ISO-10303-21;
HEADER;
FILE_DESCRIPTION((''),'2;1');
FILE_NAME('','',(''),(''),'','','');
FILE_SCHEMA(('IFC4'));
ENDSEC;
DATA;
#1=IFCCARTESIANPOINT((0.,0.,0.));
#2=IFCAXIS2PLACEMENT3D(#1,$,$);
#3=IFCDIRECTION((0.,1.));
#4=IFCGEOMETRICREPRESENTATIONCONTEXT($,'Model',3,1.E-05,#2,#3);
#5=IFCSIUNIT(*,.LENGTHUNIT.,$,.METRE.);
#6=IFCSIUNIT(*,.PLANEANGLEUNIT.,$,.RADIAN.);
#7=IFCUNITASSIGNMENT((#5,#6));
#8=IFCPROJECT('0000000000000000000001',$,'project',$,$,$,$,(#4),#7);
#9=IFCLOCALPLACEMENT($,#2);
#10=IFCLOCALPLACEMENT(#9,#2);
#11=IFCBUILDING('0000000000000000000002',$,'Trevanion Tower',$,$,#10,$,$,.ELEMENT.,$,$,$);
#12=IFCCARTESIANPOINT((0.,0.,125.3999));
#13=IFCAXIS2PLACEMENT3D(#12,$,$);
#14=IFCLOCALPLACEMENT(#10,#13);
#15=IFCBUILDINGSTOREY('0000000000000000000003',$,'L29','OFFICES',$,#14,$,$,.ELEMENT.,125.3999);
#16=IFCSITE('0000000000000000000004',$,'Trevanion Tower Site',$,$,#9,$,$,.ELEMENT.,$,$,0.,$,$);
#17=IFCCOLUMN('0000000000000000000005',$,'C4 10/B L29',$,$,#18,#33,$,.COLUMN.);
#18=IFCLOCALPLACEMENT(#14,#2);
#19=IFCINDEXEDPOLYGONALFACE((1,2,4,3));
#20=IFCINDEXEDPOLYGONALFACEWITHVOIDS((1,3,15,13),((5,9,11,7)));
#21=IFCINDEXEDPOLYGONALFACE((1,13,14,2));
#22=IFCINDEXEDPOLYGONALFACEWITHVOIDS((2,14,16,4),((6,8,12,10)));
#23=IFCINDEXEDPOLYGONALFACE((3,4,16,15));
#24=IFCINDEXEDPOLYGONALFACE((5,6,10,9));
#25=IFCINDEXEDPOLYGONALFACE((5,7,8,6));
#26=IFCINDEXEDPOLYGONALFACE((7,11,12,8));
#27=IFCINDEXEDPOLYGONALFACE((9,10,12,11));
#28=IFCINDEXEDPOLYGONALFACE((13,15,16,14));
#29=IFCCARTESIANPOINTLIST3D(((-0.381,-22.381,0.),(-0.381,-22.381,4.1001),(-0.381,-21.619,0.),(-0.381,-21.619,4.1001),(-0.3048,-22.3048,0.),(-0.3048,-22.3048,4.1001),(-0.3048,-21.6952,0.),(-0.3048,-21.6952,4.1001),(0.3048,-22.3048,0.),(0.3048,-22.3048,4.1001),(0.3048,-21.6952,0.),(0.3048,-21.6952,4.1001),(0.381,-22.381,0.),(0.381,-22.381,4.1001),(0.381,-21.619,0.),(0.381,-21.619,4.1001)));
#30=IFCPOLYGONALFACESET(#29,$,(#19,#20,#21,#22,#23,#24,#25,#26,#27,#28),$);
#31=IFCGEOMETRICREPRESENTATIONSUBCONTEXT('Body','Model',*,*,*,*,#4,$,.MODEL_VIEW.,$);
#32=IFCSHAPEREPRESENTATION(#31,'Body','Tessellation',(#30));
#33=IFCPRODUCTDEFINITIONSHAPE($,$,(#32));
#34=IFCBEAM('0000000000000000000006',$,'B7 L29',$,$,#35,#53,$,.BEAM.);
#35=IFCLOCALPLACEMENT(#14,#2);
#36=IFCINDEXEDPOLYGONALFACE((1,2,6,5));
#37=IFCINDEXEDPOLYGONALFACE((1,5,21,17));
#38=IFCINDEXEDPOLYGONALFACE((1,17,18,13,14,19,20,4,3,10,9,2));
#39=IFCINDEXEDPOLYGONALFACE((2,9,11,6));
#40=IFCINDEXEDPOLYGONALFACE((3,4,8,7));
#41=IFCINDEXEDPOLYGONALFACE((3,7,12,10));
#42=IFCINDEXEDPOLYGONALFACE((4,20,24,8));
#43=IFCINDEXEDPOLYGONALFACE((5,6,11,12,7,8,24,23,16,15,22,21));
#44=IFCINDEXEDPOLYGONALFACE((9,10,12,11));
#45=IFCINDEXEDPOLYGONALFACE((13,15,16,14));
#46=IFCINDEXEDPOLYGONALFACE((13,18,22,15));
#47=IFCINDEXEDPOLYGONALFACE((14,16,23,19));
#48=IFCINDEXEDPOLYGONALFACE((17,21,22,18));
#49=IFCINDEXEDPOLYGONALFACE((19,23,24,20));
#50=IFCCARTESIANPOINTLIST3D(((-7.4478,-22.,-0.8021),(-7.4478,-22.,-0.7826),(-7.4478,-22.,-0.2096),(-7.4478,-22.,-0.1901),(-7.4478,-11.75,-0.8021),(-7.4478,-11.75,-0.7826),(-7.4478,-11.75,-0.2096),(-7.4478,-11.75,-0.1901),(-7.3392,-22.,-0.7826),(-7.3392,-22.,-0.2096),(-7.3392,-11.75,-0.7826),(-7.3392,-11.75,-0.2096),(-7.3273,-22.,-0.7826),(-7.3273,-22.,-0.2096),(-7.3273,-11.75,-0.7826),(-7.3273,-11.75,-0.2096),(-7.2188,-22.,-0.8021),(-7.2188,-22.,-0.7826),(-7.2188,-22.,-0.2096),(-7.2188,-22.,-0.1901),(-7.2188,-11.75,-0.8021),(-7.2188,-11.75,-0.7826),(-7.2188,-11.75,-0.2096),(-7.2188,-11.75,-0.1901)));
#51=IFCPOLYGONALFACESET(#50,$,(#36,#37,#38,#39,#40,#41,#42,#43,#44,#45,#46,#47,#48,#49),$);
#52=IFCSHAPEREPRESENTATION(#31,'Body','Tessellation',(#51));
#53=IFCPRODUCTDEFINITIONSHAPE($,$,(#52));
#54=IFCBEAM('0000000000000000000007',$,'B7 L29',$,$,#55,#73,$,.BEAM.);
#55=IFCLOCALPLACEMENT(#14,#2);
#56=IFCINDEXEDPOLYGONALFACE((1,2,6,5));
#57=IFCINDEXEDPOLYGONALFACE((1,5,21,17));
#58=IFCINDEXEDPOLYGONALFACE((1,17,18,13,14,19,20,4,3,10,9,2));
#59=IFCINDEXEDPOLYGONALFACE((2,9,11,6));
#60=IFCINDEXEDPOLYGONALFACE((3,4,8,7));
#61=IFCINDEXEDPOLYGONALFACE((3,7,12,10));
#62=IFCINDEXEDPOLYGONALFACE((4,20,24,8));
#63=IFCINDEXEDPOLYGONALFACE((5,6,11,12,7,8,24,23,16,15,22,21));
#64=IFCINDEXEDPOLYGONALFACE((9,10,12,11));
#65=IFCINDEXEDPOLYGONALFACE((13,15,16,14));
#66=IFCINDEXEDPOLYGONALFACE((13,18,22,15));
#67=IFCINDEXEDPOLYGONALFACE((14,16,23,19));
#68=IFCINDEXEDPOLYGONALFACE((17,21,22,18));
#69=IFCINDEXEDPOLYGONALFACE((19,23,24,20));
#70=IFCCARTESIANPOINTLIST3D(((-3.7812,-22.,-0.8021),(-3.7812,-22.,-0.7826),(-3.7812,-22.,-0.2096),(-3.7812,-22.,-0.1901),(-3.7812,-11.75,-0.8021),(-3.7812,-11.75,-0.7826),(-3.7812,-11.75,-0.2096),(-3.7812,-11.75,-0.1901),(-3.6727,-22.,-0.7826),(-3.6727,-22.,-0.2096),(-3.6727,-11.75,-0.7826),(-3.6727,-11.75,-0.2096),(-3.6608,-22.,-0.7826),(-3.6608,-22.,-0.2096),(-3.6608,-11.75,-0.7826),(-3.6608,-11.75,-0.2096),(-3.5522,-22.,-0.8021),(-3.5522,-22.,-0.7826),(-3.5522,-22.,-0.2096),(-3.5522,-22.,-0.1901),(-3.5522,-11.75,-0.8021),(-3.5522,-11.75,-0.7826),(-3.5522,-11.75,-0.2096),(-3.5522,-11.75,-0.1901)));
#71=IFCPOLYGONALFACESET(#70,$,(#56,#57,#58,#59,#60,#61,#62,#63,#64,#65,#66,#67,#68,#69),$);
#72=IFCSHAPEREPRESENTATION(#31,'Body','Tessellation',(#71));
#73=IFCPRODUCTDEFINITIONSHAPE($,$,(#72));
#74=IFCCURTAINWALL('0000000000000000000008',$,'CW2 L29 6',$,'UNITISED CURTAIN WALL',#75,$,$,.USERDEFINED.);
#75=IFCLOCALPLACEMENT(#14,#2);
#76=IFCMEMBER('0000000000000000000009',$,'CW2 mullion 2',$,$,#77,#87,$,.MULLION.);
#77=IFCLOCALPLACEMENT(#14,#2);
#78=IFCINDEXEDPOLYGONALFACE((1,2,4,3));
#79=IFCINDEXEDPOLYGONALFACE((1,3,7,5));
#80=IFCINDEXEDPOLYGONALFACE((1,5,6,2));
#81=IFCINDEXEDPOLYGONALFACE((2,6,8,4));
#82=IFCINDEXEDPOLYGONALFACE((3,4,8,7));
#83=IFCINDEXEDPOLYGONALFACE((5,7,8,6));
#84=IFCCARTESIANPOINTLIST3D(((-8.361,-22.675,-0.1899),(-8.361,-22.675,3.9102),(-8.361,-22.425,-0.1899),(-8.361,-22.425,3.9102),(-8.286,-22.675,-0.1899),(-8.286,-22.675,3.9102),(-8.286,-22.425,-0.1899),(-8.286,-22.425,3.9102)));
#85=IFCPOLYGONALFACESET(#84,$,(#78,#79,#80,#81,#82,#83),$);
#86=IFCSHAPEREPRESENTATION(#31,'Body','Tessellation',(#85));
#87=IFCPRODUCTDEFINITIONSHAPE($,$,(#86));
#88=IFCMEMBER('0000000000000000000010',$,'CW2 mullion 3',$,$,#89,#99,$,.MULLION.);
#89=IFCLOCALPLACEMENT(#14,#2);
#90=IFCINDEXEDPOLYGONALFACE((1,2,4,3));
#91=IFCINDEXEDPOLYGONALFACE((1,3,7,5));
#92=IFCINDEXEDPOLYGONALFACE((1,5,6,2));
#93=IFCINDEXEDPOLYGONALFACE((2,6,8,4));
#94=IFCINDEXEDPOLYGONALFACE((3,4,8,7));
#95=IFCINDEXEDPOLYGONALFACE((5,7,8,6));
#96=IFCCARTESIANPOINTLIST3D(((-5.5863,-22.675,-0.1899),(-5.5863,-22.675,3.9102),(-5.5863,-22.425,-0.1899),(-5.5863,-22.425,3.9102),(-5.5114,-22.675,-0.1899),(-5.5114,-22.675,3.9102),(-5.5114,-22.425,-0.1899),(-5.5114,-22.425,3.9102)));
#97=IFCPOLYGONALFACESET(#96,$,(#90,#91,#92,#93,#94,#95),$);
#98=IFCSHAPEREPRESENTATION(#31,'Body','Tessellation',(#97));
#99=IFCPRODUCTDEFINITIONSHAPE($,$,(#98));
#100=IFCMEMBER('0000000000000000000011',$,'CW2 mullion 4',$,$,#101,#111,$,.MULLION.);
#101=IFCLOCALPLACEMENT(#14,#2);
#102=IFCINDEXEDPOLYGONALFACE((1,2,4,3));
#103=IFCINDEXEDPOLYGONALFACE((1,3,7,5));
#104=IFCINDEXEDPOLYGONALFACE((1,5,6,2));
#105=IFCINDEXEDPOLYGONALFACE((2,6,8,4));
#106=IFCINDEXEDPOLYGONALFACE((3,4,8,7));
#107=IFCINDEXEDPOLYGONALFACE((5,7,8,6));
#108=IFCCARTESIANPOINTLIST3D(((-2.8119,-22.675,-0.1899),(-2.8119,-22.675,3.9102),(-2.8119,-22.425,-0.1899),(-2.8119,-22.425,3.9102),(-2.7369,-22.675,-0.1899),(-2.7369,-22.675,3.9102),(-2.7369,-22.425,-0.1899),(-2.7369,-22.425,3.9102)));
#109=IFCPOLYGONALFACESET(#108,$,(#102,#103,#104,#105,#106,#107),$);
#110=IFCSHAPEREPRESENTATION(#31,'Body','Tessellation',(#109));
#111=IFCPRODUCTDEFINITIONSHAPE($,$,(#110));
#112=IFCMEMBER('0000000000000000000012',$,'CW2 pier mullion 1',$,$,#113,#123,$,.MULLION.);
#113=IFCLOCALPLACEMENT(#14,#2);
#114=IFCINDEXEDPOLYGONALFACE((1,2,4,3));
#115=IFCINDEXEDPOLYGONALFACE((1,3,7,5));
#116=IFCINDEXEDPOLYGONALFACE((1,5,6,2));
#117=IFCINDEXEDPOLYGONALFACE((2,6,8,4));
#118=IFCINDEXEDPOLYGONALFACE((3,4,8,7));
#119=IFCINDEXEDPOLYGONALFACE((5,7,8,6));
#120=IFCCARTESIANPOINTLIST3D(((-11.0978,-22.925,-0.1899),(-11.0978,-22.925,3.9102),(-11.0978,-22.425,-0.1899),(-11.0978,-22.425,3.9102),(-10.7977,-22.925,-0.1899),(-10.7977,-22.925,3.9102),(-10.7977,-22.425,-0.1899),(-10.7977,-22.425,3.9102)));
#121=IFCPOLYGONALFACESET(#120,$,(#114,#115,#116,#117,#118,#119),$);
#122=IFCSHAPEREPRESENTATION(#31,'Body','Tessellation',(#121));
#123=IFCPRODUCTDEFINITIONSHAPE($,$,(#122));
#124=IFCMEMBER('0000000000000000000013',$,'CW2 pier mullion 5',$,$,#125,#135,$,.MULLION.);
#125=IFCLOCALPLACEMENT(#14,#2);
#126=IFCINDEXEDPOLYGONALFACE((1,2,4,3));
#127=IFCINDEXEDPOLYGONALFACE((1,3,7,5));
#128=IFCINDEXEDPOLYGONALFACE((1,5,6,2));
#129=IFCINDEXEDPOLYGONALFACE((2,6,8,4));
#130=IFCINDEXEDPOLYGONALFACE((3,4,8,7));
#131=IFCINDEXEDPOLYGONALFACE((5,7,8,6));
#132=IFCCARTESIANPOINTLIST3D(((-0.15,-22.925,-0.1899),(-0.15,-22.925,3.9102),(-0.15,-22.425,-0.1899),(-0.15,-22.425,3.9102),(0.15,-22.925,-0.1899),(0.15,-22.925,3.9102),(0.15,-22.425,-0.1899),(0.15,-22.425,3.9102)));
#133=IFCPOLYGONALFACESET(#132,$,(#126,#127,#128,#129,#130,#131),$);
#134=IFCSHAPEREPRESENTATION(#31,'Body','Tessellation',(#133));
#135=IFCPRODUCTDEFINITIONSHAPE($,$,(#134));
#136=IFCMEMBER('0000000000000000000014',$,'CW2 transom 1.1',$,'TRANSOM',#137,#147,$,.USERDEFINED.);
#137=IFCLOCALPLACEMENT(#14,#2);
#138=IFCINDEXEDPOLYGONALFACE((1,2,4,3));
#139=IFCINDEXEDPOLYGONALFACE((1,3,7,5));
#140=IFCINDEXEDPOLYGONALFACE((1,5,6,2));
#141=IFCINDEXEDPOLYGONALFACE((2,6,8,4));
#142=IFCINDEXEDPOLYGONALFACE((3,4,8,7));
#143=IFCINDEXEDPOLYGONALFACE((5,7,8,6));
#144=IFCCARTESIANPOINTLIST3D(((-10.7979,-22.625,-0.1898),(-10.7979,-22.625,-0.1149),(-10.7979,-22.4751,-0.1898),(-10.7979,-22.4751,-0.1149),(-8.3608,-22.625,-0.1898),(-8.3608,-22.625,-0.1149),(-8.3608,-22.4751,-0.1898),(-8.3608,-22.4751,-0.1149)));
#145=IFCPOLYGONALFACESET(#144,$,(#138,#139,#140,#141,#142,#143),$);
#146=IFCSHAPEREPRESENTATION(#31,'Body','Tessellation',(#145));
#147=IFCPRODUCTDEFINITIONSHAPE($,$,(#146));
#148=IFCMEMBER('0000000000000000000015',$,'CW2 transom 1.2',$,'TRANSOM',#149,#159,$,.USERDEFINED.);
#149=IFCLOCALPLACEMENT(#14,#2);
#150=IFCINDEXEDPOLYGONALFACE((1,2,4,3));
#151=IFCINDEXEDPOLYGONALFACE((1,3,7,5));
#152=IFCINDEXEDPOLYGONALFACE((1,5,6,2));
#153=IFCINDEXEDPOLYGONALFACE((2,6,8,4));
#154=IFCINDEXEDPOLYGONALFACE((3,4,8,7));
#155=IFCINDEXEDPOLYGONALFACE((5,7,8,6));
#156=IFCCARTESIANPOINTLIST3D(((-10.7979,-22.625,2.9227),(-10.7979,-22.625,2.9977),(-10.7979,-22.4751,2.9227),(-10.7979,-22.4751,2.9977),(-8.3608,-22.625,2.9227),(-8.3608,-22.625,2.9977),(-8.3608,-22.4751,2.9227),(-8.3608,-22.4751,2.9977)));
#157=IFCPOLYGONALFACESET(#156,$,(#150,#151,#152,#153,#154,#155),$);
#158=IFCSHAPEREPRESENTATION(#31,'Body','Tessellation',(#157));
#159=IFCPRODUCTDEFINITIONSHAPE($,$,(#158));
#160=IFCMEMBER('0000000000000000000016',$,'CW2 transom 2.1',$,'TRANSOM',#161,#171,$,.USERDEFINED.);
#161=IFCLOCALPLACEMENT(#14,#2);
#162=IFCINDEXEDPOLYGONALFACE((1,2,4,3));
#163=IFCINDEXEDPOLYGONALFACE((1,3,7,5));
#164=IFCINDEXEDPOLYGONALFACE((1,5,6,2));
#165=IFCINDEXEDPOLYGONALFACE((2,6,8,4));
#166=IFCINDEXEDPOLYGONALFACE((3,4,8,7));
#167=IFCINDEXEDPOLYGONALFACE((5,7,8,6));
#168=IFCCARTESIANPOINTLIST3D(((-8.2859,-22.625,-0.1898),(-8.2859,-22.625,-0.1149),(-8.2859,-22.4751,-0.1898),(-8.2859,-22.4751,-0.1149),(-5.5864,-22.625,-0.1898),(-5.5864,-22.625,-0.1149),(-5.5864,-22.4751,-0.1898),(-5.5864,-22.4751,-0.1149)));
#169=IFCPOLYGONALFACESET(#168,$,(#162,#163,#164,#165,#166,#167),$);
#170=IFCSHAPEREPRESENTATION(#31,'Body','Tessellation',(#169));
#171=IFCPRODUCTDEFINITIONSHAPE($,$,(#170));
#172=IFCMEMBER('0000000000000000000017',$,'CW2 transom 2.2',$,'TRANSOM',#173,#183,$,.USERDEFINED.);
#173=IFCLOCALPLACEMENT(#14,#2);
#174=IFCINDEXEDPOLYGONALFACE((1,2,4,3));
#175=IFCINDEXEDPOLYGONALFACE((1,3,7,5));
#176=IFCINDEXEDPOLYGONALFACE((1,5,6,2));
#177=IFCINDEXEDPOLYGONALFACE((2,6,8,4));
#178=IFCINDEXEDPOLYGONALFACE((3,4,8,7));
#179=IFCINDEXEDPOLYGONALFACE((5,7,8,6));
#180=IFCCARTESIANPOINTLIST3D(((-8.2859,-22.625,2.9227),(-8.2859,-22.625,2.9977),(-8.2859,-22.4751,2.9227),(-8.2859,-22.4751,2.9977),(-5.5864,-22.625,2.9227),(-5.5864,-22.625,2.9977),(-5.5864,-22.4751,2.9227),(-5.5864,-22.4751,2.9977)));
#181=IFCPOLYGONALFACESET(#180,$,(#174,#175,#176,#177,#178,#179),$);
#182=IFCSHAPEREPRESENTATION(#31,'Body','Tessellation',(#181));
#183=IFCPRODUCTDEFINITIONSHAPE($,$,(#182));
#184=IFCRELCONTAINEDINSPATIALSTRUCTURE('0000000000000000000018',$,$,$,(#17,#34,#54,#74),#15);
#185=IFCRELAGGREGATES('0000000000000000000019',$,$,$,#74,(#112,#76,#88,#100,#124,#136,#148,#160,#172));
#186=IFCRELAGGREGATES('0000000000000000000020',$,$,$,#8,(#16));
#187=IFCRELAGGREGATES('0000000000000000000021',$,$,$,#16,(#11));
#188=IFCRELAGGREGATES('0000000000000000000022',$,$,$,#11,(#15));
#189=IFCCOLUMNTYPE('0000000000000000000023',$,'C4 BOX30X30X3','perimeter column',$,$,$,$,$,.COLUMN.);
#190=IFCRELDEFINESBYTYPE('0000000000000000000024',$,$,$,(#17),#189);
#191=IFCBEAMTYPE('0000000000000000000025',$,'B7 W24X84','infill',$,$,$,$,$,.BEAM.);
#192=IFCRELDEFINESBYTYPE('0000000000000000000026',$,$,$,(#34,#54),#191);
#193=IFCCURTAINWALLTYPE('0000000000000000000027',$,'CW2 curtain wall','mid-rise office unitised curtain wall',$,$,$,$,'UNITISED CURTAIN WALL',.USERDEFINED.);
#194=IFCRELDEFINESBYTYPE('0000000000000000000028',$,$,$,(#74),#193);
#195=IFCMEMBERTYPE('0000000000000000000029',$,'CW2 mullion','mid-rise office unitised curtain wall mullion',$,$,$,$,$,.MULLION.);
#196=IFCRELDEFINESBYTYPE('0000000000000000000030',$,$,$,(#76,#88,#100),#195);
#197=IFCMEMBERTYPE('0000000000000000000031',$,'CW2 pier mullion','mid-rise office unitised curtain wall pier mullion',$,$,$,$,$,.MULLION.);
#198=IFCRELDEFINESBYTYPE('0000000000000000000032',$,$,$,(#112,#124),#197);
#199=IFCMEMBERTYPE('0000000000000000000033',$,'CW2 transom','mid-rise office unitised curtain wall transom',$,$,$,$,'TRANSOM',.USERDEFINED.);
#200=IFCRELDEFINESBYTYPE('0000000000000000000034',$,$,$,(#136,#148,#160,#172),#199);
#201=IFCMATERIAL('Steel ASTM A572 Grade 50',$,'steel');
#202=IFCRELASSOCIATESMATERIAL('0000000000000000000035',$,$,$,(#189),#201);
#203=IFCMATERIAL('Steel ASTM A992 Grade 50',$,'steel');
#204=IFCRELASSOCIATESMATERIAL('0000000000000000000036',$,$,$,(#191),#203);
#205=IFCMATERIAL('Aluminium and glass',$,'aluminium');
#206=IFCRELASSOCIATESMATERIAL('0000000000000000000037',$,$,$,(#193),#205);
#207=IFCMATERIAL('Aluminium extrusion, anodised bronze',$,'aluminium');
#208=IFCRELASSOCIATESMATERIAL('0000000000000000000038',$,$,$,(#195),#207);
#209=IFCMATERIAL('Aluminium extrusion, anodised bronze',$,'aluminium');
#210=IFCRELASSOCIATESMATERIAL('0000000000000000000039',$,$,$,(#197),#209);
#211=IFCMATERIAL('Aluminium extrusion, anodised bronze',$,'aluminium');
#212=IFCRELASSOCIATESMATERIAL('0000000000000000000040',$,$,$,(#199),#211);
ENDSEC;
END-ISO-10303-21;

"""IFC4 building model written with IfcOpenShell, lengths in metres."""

from ifc_helpers import new_model, si_unit, direction, frame, origin, origin_2d, place, context, subcontext, project, spatial, rectangle, hollow_rectangle, i_section, extrude, material, material_profile, profile_set, type_object, element, aggregate, save


model = new_model("IFC4")

# Units and contexts
model_context = context("Model", 3, precision=1e-05, world=origin(), true_north=direction((0.0, 1.0)))
body_context = subcontext(model_context, "Body", "Model", "MODEL_VIEW")
ifc_project = project(units=[si_unit("LENGTHUNIT", "METRE"), si_unit("PLANEANGLEUNIT", "RADIAN")], contexts=[model_context])

# Site, building, storey
site_placement = place(None, origin())
site = spatial("IfcSite", under=ifc_project, at=site_placement, Name="Trevanion Tower Site", CompositionType="ELEMENT", RefElevation=0.0)
building_placement = place(site_placement, origin())
building = spatial("IfcBuilding", under=site, at=building_placement, Name="Trevanion Tower", CompositionType="ELEMENT")
storey_placement = place(building_placement, frame((0.0, 0.0, 125.3999)))
storey = spatial("IfcBuildingStorey", under=building, at=storey_placement, Name="L29", Description="OFFICES", CompositionType="ELEMENT", Elevation=125.3999)

# Column
ifc_material_1 = material(Name="Steel ASTM A572 Grade 50", Category="steel")
ifc_material_profile_1 = material_profile(ifc_material_1, hollow_rectangle(XDim=0.762, YDim=0.762, WallThickness=0.0762, at=origin_2d()), Name="BOX30X30X3")
ifc_profile_set_1 = profile_set([ifc_material_profile_1], Name="Steel ASTM A572 Grade 50")
column_type = type_object("IfcColumnType", Name="C4 BOX30X30X3", Description="perimeter column", PredefinedType="COLUMN", material=ifc_profile_set_1)
column_placement = place(storey_placement, frame((0.0, -22.0, 0.0), z_axis=(0.0, 0.0, 1.0), x_axis=(1.0, 0.0, 0.0)))
element("IfcColumn", 1, at=column_placement, inside=storey, type_object=column_type, Name="C4 10/B L29", PredefinedType="COLUMN", context=body_context, shape_type="SweptSolid", body=[
    extrude(hollow_rectangle(XDim=0.762, YDim=0.762, WallThickness=0.0762, at=origin_2d()), origin(), (0.0, 0.0, 1.0), 4.1001),
])

# Beams
ifc_material_2 = material(Name="Steel ASTM A992 Grade 50", Category="steel")
ifc_material_profile_2 = material_profile(ifc_material_2, i_section(OverallWidth=0.229, OverallDepth=0.6121, WebThickness=0.012, FlangeThickness=0.0195, at=origin_2d()), Name="W24X84")
ifc_profile_set_2 = profile_set([ifc_material_profile_2], Name="Steel ASTM A992 Grade 50")
beam_type_1 = type_object("IfcBeamType", Name="B7 W24X84", Description="infill", PredefinedType="BEAM", material=ifc_profile_set_2)
for number, where, z_axis, x_axis, name in (
    (2, (-7.3333, -11.75, -0.4961), (0.0, -1.0, 0.0), (1.0, 0.0, 0.0), "B7 L29"),
    (3, (-3.6667, -11.75, -0.4961), (0.0, -1.0, 0.0), (1.0, 0.0, 0.0), "B7 L29"),
):
    element("IfcBeam", number, at=place(storey_placement, frame(where, z_axis=z_axis, x_axis=x_axis)), inside=storey, type_object=beam_type_1, Name=name, PredefinedType="BEAM", context=body_context, shape_type="SweptSolid", body=[
        extrude(i_section(OverallWidth=0.229, OverallDepth=0.6121, WebThickness=0.012, FlangeThickness=0.0195, at=origin_2d()), origin(), (0.0, 0.0, 1.0), 10.25),
    ])

# Curtain wall, members
ifc_material_3 = material(Name="Aluminium and glass", Category="aluminium")
curtain_wall_type = type_object("IfcCurtainWallType", Name="CW2 curtain wall", Description="mid-rise office unitised curtain wall", ElementType="UNITISED CURTAIN WALL", PredefinedType="USERDEFINED", material=ifc_material_3)
curtain_wall_placement = place(storey_placement, origin())
curtain_wall = element("IfcCurtainWall", 4, at=curtain_wall_placement, inside=storey, type_object=curtain_wall_type, Name="CW2 L29 6", ObjectType="UNITISED CURTAIN WALL", PredefinedType="USERDEFINED")
ifc_material_4 = material(Name="Aluminium extrusion, anodised bronze", Category="aluminium")
ifc_material_profile_3 = material_profile(ifc_material_4, rectangle(XDim=0.075, YDim=0.25, at=origin_2d()), Name="CW2 mullion")
ifc_profile_set_3 = profile_set([ifc_material_profile_3], Name="Aluminium extrusion, anodised bronze")
member_type_1 = type_object("IfcMemberType", Name="CW2 mullion", Description="mid-rise office unitised curtain wall mullion", PredefinedType="MULLION", material=ifc_profile_set_3)
member_1_placement = place(storey_placement, frame((-8.3235, -22.55, -0.1899), z_axis=(0.0, 0.0, 1.0), x_axis=(1.0, 0.0, 0.0)))
member_1 = element("IfcMember", 5, at=member_1_placement, type_object=member_type_1, Name="CW2 mullion 2", PredefinedType="MULLION", context=body_context, shape_type="SweptSolid", body=[
    extrude(rectangle(XDim=0.075, YDim=0.25, at=origin_2d()), origin(), (0.0, 0.0, 1.0), 4.1001),
])
member_2_placement = place(storey_placement, frame((-5.5488, -22.55, -0.1899), z_axis=(0.0, 0.0, 1.0), x_axis=(1.0, 0.0, 0.0)))
member_2 = element("IfcMember", 6, at=member_2_placement, type_object=member_type_1, Name="CW2 mullion 3", PredefinedType="MULLION", context=body_context, shape_type="SweptSolid", body=[
    extrude(rectangle(XDim=0.075, YDim=0.25, at=origin_2d()), origin(), (0.0, 0.0, 1.0), 4.1001),
])
member_3_placement = place(storey_placement, frame((-2.7744, -22.55, -0.1899), z_axis=(0.0, 0.0, 1.0), x_axis=(1.0, 0.0, 0.0)))
member_3 = element("IfcMember", 7, at=member_3_placement, type_object=member_type_1, Name="CW2 mullion 4", PredefinedType="MULLION", context=body_context, shape_type="SweptSolid", body=[
    extrude(rectangle(XDim=0.075, YDim=0.25, at=origin_2d()), origin(), (0.0, 0.0, 1.0), 4.1001),
])
ifc_material_5 = material(Name="Aluminium extrusion, anodised bronze", Category="aluminium")
ifc_material_profile_4 = material_profile(ifc_material_5, rectangle(XDim=0.3, YDim=0.5, at=origin_2d()), Name="CW2 pier mullion")
ifc_profile_set_4 = profile_set([ifc_material_profile_4], Name="Aluminium extrusion, anodised bronze")
member_type_2 = type_object("IfcMemberType", Name="CW2 pier mullion", Description="mid-rise office unitised curtain wall pier mullion", PredefinedType="MULLION", material=ifc_profile_set_4)
member_4_placement = place(storey_placement, frame((-10.9478, -22.675, -0.1899), z_axis=(0.0, 0.0, 1.0), x_axis=(1.0, 0.0, 0.0)))
member_4 = element("IfcMember", 8, at=member_4_placement, type_object=member_type_2, Name="CW2 pier mullion 1", PredefinedType="MULLION", context=body_context, shape_type="SweptSolid", body=[
    extrude(rectangle(XDim=0.3, YDim=0.5, at=origin_2d()), origin(), (0.0, 0.0, 1.0), 4.1001),
])
member_5_placement = place(storey_placement, frame((0.0, -22.675, -0.1899), z_axis=(0.0, 0.0, 1.0), x_axis=(1.0, 0.0, 0.0)))
member_5 = element("IfcMember", 9, at=member_5_placement, type_object=member_type_2, Name="CW2 pier mullion 5", PredefinedType="MULLION", context=body_context, shape_type="SweptSolid", body=[
    extrude(rectangle(XDim=0.3, YDim=0.5, at=origin_2d()), origin(), (0.0, 0.0, 1.0), 4.1001),
])
ifc_material_6 = material(Name="Aluminium extrusion, anodised bronze", Category="aluminium")
ifc_material_profile_5 = material_profile(ifc_material_6, rectangle(XDim=0.1499, YDim=0.075, at=origin_2d()), Name="CW2 transom")
ifc_profile_set_5 = profile_set([ifc_material_profile_5], Name="Aluminium extrusion, anodised bronze")
member_type_3 = type_object("IfcMemberType", Name="CW2 transom", Description="mid-rise office unitised curtain wall transom", ElementType="TRANSOM", PredefinedType="USERDEFINED", material=ifc_profile_set_5)
member_6_placement = place(storey_placement, frame((-10.7979, -22.55, -0.1523), z_axis=(1.0, 0.0, 0.0), x_axis=(0.0, 1.0, 0.0)))
member_6 = element("IfcMember", 10, at=member_6_placement, type_object=member_type_3, Name="CW2 transom 1.1", ObjectType="TRANSOM", PredefinedType="USERDEFINED", context=body_context, shape_type="SweptSolid", body=[
    extrude(rectangle(XDim=0.1499, YDim=0.075, at=origin_2d()), origin(), (0.0, 0.0, 1.0), 2.437),
])
member_7_placement = place(storey_placement, frame((-10.7979, -22.55, 2.9602), z_axis=(1.0, 0.0, 0.0), x_axis=(0.0, 1.0, 0.0)))
member_7 = element("IfcMember", 11, at=member_7_placement, type_object=member_type_3, Name="CW2 transom 1.2", ObjectType="TRANSOM", PredefinedType="USERDEFINED", context=body_context, shape_type="SweptSolid", body=[
    extrude(rectangle(XDim=0.1499, YDim=0.075, at=origin_2d()), origin(), (0.0, 0.0, 1.0), 2.437),
])
member_8_placement = place(storey_placement, frame((-8.2859, -22.55, -0.1523), z_axis=(1.0, 0.0, 0.0), x_axis=(0.0, 1.0, 0.0)))
member_8 = element("IfcMember", 12, at=member_8_placement, type_object=member_type_3, Name="CW2 transom 2.1", ObjectType="TRANSOM", PredefinedType="USERDEFINED", context=body_context, shape_type="SweptSolid", body=[
    extrude(rectangle(XDim=0.1499, YDim=0.075, at=origin_2d()), origin(), (0.0, 0.0, 1.0), 2.6995),
])
member_9_placement = place(storey_placement, frame((-8.2859, -22.55, 2.9602), z_axis=(1.0, 0.0, 0.0), x_axis=(0.0, 1.0, 0.0)))
member_9 = element("IfcMember", 13, at=member_9_placement, type_object=member_type_3, Name="CW2 transom 2.2", ObjectType="TRANSOM", PredefinedType="USERDEFINED", context=body_context, shape_type="SweptSolid", body=[
    extrude(rectangle(XDim=0.1499, YDim=0.075, at=origin_2d()), origin(), (0.0, 0.0, 1.0), 2.6995),
])

aggregate(curtain_wall, [member_4, member_1, member_2, member_3, member_5, member_6, member_7, member_8, member_9])

save(model, "model.ifc")
